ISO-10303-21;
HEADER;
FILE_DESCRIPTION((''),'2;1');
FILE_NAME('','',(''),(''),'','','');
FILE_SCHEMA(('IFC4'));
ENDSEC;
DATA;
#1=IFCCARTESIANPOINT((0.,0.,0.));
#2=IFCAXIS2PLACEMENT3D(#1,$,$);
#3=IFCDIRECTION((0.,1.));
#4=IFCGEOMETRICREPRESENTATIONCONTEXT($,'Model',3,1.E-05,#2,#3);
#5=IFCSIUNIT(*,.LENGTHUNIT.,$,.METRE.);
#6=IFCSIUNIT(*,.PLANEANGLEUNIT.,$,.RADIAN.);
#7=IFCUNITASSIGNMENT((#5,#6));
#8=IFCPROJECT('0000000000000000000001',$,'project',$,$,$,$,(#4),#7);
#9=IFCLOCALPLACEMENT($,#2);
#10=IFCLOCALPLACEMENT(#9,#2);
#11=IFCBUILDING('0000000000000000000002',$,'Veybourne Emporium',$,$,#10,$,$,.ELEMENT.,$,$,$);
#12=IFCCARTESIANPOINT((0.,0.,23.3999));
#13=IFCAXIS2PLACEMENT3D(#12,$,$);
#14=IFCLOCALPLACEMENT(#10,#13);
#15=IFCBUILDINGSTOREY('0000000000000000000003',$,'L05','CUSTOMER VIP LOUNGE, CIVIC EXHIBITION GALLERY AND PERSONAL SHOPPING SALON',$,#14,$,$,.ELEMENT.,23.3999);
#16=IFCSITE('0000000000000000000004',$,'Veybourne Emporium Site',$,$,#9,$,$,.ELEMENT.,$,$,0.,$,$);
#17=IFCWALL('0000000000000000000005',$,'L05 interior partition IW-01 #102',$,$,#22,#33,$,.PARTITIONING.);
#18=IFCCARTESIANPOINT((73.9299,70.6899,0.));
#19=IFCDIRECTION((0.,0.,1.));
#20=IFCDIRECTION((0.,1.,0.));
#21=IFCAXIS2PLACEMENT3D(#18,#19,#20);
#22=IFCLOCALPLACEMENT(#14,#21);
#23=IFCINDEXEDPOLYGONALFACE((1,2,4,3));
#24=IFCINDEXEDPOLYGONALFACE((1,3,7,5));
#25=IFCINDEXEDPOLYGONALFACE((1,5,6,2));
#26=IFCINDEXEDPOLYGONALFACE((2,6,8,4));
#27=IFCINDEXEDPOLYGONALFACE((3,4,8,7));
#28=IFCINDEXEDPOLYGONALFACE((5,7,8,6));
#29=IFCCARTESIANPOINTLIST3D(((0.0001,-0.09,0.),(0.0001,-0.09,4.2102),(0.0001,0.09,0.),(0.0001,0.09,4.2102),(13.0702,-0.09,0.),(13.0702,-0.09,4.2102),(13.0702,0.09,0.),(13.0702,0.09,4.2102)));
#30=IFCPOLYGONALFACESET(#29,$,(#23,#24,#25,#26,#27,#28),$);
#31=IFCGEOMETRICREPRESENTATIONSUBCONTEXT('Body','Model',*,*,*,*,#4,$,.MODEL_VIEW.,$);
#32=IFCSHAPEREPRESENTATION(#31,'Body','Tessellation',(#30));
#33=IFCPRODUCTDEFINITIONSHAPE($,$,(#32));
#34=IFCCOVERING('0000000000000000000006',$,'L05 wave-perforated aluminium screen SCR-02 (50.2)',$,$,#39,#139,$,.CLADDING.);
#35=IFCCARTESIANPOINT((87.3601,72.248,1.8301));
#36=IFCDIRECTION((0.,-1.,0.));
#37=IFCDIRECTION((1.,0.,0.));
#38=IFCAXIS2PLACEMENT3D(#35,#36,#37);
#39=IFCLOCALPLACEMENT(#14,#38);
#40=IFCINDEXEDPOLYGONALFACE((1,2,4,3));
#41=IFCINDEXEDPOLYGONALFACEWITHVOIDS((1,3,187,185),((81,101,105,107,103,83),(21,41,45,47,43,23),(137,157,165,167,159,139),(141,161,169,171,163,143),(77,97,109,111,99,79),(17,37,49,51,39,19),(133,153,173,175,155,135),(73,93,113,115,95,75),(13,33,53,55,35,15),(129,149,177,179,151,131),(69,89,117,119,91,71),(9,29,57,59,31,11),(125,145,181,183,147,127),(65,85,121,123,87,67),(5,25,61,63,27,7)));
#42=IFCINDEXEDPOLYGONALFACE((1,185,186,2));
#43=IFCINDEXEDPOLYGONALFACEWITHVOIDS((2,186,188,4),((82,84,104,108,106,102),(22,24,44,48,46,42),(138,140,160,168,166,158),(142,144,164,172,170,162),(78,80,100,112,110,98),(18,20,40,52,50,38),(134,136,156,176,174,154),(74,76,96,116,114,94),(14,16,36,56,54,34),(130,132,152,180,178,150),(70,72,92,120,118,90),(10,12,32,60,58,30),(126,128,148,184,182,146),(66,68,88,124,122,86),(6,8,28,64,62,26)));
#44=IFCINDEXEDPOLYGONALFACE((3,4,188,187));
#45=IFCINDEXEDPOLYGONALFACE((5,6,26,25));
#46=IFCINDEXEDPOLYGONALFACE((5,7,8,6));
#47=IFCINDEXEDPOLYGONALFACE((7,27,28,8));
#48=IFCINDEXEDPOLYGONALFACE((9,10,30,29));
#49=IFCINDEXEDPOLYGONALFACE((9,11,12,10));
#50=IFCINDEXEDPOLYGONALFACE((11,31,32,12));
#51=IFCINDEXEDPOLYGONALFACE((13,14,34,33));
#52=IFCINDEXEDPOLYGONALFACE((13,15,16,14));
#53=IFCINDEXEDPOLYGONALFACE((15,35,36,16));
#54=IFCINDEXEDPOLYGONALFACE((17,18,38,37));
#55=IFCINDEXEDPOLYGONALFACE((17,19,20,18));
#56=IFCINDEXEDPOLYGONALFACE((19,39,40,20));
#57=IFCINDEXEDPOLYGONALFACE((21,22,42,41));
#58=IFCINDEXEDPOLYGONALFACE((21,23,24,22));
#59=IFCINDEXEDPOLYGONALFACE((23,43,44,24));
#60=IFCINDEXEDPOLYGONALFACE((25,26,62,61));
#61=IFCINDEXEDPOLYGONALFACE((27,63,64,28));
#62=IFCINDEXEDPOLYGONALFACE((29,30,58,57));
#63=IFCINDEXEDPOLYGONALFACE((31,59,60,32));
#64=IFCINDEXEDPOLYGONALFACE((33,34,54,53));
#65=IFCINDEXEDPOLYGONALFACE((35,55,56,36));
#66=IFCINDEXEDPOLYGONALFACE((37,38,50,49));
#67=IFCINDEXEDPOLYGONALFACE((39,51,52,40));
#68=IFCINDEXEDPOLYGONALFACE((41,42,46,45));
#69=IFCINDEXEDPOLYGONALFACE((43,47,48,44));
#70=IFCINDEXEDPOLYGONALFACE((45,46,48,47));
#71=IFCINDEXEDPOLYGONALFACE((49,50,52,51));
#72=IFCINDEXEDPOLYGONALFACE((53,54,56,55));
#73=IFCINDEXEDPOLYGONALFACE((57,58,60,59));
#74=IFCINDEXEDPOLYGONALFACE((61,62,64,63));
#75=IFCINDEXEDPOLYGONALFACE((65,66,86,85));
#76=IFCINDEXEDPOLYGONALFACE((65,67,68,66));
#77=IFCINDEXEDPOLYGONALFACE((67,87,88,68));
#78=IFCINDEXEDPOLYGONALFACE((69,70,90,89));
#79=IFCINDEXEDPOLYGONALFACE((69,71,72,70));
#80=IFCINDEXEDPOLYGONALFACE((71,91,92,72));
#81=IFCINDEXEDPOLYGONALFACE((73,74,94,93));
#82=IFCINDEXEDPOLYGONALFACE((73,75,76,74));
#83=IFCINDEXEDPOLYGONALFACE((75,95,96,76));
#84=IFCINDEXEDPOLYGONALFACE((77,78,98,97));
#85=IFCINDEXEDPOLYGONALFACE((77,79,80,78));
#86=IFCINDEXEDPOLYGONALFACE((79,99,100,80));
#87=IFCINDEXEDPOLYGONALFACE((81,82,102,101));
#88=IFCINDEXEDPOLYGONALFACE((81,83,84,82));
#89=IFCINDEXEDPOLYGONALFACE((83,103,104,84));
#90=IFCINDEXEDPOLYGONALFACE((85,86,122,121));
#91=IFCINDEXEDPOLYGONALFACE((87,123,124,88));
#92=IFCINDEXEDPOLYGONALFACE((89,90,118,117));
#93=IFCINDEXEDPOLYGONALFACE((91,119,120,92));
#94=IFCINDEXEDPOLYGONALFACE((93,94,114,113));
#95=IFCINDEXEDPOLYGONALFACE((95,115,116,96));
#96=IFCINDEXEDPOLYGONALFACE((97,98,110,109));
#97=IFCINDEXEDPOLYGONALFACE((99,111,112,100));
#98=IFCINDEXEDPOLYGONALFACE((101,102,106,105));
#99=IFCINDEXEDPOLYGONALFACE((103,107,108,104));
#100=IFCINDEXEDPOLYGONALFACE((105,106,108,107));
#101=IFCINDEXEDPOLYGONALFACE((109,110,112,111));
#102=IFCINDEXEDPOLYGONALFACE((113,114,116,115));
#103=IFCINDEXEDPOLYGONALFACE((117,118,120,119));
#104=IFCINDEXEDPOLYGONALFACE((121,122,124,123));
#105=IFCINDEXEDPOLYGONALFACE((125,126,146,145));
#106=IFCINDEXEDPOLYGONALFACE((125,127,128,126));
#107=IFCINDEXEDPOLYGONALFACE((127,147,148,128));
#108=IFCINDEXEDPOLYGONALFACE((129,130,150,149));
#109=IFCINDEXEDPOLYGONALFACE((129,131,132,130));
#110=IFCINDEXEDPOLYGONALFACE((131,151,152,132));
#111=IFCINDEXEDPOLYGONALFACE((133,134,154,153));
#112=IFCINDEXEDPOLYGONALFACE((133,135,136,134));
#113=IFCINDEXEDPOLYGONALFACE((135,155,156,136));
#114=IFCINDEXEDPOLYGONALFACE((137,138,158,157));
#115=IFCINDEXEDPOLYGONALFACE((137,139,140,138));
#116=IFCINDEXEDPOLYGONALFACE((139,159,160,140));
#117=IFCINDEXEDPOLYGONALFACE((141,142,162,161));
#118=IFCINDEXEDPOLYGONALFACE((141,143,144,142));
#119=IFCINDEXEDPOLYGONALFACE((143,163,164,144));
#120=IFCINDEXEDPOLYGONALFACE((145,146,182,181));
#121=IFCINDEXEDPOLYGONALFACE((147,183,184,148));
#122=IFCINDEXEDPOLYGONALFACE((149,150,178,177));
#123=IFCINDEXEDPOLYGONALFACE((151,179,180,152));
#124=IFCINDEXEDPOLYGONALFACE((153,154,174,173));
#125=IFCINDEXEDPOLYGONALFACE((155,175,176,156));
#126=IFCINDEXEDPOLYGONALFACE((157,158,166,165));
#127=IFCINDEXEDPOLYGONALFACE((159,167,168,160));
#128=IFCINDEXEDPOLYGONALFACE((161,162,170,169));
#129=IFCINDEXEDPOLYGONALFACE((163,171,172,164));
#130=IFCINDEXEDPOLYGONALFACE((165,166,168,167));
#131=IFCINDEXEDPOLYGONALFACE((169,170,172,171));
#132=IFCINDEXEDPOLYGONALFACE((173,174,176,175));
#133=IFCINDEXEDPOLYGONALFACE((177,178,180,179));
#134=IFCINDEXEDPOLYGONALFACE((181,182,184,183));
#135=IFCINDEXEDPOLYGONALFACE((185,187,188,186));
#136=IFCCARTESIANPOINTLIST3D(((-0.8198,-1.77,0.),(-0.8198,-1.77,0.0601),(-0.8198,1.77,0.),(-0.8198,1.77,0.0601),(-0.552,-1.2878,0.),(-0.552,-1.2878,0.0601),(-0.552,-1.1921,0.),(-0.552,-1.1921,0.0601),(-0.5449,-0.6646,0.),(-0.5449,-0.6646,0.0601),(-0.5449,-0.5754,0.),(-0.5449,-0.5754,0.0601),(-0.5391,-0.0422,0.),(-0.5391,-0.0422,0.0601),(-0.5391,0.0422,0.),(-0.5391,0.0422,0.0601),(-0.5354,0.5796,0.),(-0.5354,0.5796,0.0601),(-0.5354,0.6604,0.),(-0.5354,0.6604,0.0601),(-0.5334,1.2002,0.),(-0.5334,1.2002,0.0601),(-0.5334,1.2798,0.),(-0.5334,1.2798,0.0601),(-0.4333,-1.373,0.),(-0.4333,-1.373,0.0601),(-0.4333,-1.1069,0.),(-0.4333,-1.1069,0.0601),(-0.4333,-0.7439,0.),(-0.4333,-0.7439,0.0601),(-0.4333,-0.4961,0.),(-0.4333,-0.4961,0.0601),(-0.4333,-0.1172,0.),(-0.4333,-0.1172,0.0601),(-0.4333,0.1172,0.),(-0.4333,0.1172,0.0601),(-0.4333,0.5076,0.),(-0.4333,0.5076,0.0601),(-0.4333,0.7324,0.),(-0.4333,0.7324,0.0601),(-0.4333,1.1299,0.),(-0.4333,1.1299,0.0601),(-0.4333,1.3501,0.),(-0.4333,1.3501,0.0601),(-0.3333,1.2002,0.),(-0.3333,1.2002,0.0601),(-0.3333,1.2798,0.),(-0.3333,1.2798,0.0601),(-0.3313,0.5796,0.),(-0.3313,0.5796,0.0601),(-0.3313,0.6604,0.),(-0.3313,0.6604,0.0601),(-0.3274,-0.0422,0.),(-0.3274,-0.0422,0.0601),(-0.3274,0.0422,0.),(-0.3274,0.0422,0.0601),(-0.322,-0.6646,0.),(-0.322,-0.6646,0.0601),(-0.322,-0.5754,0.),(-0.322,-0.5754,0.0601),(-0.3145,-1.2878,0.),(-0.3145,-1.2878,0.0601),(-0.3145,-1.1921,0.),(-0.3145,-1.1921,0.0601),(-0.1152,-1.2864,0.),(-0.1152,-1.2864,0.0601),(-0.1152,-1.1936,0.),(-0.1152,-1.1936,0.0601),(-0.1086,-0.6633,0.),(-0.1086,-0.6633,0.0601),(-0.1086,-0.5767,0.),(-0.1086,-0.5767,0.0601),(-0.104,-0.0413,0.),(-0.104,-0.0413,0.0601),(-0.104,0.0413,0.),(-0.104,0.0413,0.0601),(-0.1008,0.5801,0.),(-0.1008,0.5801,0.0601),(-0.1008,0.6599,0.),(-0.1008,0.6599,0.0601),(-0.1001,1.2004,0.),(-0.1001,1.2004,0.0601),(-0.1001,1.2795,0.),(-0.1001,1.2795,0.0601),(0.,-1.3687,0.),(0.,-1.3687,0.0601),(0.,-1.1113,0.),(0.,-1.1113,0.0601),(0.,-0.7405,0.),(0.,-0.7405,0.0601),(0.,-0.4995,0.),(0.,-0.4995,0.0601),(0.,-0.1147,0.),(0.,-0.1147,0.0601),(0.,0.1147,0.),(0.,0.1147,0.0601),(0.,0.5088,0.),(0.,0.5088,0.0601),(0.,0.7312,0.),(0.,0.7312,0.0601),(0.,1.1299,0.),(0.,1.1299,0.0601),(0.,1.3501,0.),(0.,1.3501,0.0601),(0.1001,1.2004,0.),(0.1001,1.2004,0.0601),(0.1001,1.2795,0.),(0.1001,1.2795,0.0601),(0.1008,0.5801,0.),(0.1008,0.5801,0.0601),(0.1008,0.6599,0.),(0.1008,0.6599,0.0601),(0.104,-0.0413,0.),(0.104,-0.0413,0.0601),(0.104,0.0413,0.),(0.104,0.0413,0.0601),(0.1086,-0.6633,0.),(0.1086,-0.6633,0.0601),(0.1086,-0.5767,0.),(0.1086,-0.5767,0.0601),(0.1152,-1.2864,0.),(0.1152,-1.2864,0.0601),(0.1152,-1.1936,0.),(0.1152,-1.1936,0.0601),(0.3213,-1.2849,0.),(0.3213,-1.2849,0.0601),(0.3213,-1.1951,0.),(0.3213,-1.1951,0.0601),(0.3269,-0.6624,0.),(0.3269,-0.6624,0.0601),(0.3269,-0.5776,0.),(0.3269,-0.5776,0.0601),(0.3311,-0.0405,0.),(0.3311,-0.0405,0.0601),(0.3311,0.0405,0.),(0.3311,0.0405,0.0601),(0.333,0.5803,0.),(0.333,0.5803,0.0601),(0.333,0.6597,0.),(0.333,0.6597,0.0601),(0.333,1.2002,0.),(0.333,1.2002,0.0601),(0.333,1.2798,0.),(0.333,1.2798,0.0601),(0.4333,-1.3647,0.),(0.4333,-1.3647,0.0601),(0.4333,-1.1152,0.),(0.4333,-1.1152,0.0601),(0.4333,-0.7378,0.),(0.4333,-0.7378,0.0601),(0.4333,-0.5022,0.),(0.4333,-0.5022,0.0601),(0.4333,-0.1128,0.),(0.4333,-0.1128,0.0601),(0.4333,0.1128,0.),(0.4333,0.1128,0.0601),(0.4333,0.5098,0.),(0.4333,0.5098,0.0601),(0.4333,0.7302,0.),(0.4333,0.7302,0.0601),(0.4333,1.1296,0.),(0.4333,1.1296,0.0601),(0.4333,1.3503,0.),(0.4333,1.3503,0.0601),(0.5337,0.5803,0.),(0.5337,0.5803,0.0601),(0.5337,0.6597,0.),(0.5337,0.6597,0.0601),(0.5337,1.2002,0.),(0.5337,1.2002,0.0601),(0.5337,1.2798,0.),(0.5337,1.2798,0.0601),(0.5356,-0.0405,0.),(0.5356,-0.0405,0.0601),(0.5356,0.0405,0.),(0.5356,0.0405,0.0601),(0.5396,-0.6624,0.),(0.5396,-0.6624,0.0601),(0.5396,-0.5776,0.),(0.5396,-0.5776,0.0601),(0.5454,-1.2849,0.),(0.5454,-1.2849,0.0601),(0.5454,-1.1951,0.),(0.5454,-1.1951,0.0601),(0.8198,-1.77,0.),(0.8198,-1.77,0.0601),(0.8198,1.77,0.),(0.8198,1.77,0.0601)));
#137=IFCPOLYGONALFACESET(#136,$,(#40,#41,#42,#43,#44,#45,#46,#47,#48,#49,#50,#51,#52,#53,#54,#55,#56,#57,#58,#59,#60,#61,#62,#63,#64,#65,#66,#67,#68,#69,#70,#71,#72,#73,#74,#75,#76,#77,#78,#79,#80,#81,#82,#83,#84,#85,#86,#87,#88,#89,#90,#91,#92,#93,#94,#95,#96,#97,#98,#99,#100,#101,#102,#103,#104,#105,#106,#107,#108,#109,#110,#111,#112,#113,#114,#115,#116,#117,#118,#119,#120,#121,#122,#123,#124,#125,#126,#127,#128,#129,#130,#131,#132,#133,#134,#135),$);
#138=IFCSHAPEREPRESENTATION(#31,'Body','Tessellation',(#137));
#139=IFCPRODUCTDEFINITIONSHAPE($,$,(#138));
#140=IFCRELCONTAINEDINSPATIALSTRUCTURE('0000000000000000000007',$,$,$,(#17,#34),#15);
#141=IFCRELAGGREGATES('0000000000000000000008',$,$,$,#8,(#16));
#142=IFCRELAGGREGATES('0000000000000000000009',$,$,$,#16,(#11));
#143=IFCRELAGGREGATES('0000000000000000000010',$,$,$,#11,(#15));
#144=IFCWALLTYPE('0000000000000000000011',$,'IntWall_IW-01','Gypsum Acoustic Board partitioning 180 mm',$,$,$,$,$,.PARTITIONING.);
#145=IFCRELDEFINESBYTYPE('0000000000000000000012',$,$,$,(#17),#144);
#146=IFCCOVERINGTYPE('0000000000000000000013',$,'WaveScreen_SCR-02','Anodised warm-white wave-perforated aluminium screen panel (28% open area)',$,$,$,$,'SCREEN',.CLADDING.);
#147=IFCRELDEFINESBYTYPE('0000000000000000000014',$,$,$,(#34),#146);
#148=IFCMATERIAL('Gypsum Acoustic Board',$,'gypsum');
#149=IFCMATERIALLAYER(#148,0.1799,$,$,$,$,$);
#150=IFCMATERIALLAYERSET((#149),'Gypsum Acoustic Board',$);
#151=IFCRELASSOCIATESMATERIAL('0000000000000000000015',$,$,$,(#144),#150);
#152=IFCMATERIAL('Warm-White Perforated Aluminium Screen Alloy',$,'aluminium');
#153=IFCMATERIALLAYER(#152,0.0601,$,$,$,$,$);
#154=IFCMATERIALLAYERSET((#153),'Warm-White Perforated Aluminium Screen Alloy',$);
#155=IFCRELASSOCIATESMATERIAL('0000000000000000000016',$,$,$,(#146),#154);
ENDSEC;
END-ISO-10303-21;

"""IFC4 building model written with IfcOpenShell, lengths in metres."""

from ifc_helpers import new_model, si_unit, direction, frame, frame_2d, origin, place, context, subcontext, project, spatial, polyline, rectangle, outline, extrude, material, layer, layer_set, type_object, element, save


model = new_model("IFC4")

# Units and contexts
model_context = context("Model", 3, precision=1e-05, world=origin(), true_north=direction((0.0, 1.0)))
body_context = subcontext(model_context, "Body", "Model", "MODEL_VIEW")
ifc_project = project(units=[si_unit("LENGTHUNIT", "METRE"), si_unit("PLANEANGLEUNIT", "RADIAN")], contexts=[model_context])

# Site, building, storey
site_placement = place(None, origin())
site = spatial("IfcSite", under=ifc_project, at=site_placement, Name="Veybourne Emporium Site", CompositionType="ELEMENT", RefElevation=0.0)
building_placement = place(site_placement, origin())
building = spatial("IfcBuilding", under=site, at=building_placement, Name="Veybourne Emporium", CompositionType="ELEMENT")
storey_placement = place(building_placement, frame((0.0, 0.0, 23.3999)))
storey = spatial("IfcBuildingStorey", under=building, at=storey_placement, Name="L05", Description="CUSTOMER VIP LOUNGE, CIVIC EXHIBITION GALLERY AND PERSONAL SHOPPING SALON", CompositionType="ELEMENT", Elevation=23.3999)

# Wall
ifc_material_1 = material(Name="Gypsum Acoustic Board", Category="gypsum")
ifc_layer_1 = layer(ifc_material_1, 0.1799)
ifc_layer_set_1 = layer_set([ifc_layer_1], Name="Gypsum Acoustic Board")
wall_type_1 = type_object("IfcWallType", Name="IntWall_IW-01", Description="Gypsum Acoustic Board partitioning 180 mm", PredefinedType="PARTITIONING", material=ifc_layer_set_1)
wall_1_placement = place(storey_placement, frame((73.9299, 70.6899, 0.0), z_axis=(0.0, 0.0, 1.0), x_axis=(0.0, 1.0, 0.0)))
element("IfcWall", 1, at=wall_1_placement, inside=storey, type_object=wall_type_1, Name="L05 interior partition IW-01 #102", PredefinedType="PARTITIONING", context=body_context, shape_type="SweptSolid", body=[
    extrude(rectangle(XDim=13.0701, YDim=0.1799, at=frame_2d((6.5352, 0.0))), origin(), (0.0, 0.0, 1.0), 4.2102),
])

# Covering
ifc_material_2 = material(Name="Warm-White Perforated Aluminium Screen Alloy", Category="aluminium")
ifc_layer_2 = layer(ifc_material_2, 0.0601)
ifc_layer_set_2 = layer_set([ifc_layer_2], Name="Warm-White Perforated Aluminium Screen Alloy")
covering_type_1 = type_object("IfcCoveringType", Name="WaveScreen_SCR-02", Description="Anodised warm-white wave-perforated aluminium screen panel (28% open area)", ElementType="SCREEN", PredefinedType="CLADDING", material=ifc_layer_set_2)
covering_1_placement = place(storey_placement, frame((87.3601, 72.248, 1.8301), z_axis=(0.0, -1.0, 0.0), x_axis=(1.0, 0.0, 0.0)))
element("IfcCovering", 2, at=covering_1_placement, inside=storey, type_object=covering_type_1, Name="L05 wave-perforated aluminium screen SCR-02 (50.2)", PredefinedType="CLADDING", context=body_context, shape_type="SweptSolid", body=[
    extrude(outline(polyline([(-0.8198, -1.77), (0.8198, -1.77), (0.8198, 1.77), (-0.8198, 1.77), (-0.8198, -1.77)]), holes=[polyline([(-0.4333, -1.1069), (-0.3145, -1.1921), (-0.3145, -1.2878), (-0.4333, -1.373), (-0.552, -1.2878), (-0.552, -1.1921), (-0.4333, -1.1069)]), polyline([(-0.4333, -0.4961), (-0.322, -0.5754), (-0.322, -0.6646), (-0.4333, -0.7439), (-0.5449, -0.6646), (-0.5449, -0.5754), (-0.4333, -0.4961)]), polyline([(-0.4333, 0.1172), (-0.3274, 0.0422), (-0.3274, -0.0422), (-0.4333, -0.1172), (-0.5391, -0.0422), (-0.5391, 0.0422), (-0.4333, 0.1172)]), polyline([(-0.4333, 0.7324), (-0.3313, 0.6604), (-0.3313, 0.5796), (-0.4333, 0.5076), (-0.5354, 0.5796), (-0.5354, 0.6604), (-0.4333, 0.7324)]), polyline([(-0.4333, 1.3501), (-0.3333, 1.2798), (-0.3333, 1.2002), (-0.4333, 1.1299), (-0.5334, 1.2002), (-0.5334, 1.2798), (-0.4333, 1.3501)]), polyline([(0.0, -1.1113), (0.1152, -1.1936), (0.1152, -1.2864), (0.0, -1.3687), (-0.1152, -1.2864), (-0.1152, -1.1936), (0.0, -1.1113)]), polyline([(0.0, -0.4995), (0.1086, -0.5767), (0.1086, -0.6633), (0.0, -0.7405), (-0.1086, -0.6633), (-0.1086, -0.5767), (0.0, -0.4995)]), polyline([(0.0, 0.1147), (0.104, 0.0413), (0.104, -0.0413), (0.0, -0.1147), (-0.104, -0.0413), (-0.104, 0.0413), (0.0, 0.1147)]), polyline([(0.0, 0.7312), (0.1008, 0.6599), (0.1008, 0.5801), (0.0, 0.5088), (-0.1008, 0.5801), (-0.1008, 0.6599), (0.0, 0.7312)]), polyline([(0.0, 1.3501), (0.1001, 1.2795), (0.1001, 1.2004), (0.0, 1.1299), (-0.1001, 1.2004), (-0.1001, 1.2795), (0.0, 1.3501)]), polyline([(0.4333, -1.1152), (0.5454, -1.1951), (0.5454, -1.2849), (0.4333, -1.3647), (0.3213, -1.2849), (0.3213, -1.1951), (0.4333, -1.1152)]), polyline([(0.4333, -0.5022), (0.5396, -0.5776), (0.5396, -0.6624), (0.4333, -0.7378), (0.3269, -0.6624), (0.3269, -0.5776), (0.4333, -0.5022)]), polyline([(0.4333, 0.1128), (0.5356, 0.0405), (0.5356, -0.0405), (0.4333, -0.1128), (0.3311, -0.0405), (0.3311, 0.0405), (0.4333, 0.1128)]), polyline([(0.4333, 0.7302), (0.5337, 0.6597), (0.5337, 0.5803), (0.4333, 0.5098), (0.333, 0.5803), (0.333, 0.6597), (0.4333, 0.7302)]), polyline([(0.4333, 1.3503), (0.5337, 1.2798), (0.5337, 1.2002), (0.4333, 1.1296), (0.333, 1.2002), (0.333, 1.2798), (0.4333, 1.3503)])]), origin(), (0.0, 0.0, 1.0), 0.0601),
])

save(model, "model.ifc")
